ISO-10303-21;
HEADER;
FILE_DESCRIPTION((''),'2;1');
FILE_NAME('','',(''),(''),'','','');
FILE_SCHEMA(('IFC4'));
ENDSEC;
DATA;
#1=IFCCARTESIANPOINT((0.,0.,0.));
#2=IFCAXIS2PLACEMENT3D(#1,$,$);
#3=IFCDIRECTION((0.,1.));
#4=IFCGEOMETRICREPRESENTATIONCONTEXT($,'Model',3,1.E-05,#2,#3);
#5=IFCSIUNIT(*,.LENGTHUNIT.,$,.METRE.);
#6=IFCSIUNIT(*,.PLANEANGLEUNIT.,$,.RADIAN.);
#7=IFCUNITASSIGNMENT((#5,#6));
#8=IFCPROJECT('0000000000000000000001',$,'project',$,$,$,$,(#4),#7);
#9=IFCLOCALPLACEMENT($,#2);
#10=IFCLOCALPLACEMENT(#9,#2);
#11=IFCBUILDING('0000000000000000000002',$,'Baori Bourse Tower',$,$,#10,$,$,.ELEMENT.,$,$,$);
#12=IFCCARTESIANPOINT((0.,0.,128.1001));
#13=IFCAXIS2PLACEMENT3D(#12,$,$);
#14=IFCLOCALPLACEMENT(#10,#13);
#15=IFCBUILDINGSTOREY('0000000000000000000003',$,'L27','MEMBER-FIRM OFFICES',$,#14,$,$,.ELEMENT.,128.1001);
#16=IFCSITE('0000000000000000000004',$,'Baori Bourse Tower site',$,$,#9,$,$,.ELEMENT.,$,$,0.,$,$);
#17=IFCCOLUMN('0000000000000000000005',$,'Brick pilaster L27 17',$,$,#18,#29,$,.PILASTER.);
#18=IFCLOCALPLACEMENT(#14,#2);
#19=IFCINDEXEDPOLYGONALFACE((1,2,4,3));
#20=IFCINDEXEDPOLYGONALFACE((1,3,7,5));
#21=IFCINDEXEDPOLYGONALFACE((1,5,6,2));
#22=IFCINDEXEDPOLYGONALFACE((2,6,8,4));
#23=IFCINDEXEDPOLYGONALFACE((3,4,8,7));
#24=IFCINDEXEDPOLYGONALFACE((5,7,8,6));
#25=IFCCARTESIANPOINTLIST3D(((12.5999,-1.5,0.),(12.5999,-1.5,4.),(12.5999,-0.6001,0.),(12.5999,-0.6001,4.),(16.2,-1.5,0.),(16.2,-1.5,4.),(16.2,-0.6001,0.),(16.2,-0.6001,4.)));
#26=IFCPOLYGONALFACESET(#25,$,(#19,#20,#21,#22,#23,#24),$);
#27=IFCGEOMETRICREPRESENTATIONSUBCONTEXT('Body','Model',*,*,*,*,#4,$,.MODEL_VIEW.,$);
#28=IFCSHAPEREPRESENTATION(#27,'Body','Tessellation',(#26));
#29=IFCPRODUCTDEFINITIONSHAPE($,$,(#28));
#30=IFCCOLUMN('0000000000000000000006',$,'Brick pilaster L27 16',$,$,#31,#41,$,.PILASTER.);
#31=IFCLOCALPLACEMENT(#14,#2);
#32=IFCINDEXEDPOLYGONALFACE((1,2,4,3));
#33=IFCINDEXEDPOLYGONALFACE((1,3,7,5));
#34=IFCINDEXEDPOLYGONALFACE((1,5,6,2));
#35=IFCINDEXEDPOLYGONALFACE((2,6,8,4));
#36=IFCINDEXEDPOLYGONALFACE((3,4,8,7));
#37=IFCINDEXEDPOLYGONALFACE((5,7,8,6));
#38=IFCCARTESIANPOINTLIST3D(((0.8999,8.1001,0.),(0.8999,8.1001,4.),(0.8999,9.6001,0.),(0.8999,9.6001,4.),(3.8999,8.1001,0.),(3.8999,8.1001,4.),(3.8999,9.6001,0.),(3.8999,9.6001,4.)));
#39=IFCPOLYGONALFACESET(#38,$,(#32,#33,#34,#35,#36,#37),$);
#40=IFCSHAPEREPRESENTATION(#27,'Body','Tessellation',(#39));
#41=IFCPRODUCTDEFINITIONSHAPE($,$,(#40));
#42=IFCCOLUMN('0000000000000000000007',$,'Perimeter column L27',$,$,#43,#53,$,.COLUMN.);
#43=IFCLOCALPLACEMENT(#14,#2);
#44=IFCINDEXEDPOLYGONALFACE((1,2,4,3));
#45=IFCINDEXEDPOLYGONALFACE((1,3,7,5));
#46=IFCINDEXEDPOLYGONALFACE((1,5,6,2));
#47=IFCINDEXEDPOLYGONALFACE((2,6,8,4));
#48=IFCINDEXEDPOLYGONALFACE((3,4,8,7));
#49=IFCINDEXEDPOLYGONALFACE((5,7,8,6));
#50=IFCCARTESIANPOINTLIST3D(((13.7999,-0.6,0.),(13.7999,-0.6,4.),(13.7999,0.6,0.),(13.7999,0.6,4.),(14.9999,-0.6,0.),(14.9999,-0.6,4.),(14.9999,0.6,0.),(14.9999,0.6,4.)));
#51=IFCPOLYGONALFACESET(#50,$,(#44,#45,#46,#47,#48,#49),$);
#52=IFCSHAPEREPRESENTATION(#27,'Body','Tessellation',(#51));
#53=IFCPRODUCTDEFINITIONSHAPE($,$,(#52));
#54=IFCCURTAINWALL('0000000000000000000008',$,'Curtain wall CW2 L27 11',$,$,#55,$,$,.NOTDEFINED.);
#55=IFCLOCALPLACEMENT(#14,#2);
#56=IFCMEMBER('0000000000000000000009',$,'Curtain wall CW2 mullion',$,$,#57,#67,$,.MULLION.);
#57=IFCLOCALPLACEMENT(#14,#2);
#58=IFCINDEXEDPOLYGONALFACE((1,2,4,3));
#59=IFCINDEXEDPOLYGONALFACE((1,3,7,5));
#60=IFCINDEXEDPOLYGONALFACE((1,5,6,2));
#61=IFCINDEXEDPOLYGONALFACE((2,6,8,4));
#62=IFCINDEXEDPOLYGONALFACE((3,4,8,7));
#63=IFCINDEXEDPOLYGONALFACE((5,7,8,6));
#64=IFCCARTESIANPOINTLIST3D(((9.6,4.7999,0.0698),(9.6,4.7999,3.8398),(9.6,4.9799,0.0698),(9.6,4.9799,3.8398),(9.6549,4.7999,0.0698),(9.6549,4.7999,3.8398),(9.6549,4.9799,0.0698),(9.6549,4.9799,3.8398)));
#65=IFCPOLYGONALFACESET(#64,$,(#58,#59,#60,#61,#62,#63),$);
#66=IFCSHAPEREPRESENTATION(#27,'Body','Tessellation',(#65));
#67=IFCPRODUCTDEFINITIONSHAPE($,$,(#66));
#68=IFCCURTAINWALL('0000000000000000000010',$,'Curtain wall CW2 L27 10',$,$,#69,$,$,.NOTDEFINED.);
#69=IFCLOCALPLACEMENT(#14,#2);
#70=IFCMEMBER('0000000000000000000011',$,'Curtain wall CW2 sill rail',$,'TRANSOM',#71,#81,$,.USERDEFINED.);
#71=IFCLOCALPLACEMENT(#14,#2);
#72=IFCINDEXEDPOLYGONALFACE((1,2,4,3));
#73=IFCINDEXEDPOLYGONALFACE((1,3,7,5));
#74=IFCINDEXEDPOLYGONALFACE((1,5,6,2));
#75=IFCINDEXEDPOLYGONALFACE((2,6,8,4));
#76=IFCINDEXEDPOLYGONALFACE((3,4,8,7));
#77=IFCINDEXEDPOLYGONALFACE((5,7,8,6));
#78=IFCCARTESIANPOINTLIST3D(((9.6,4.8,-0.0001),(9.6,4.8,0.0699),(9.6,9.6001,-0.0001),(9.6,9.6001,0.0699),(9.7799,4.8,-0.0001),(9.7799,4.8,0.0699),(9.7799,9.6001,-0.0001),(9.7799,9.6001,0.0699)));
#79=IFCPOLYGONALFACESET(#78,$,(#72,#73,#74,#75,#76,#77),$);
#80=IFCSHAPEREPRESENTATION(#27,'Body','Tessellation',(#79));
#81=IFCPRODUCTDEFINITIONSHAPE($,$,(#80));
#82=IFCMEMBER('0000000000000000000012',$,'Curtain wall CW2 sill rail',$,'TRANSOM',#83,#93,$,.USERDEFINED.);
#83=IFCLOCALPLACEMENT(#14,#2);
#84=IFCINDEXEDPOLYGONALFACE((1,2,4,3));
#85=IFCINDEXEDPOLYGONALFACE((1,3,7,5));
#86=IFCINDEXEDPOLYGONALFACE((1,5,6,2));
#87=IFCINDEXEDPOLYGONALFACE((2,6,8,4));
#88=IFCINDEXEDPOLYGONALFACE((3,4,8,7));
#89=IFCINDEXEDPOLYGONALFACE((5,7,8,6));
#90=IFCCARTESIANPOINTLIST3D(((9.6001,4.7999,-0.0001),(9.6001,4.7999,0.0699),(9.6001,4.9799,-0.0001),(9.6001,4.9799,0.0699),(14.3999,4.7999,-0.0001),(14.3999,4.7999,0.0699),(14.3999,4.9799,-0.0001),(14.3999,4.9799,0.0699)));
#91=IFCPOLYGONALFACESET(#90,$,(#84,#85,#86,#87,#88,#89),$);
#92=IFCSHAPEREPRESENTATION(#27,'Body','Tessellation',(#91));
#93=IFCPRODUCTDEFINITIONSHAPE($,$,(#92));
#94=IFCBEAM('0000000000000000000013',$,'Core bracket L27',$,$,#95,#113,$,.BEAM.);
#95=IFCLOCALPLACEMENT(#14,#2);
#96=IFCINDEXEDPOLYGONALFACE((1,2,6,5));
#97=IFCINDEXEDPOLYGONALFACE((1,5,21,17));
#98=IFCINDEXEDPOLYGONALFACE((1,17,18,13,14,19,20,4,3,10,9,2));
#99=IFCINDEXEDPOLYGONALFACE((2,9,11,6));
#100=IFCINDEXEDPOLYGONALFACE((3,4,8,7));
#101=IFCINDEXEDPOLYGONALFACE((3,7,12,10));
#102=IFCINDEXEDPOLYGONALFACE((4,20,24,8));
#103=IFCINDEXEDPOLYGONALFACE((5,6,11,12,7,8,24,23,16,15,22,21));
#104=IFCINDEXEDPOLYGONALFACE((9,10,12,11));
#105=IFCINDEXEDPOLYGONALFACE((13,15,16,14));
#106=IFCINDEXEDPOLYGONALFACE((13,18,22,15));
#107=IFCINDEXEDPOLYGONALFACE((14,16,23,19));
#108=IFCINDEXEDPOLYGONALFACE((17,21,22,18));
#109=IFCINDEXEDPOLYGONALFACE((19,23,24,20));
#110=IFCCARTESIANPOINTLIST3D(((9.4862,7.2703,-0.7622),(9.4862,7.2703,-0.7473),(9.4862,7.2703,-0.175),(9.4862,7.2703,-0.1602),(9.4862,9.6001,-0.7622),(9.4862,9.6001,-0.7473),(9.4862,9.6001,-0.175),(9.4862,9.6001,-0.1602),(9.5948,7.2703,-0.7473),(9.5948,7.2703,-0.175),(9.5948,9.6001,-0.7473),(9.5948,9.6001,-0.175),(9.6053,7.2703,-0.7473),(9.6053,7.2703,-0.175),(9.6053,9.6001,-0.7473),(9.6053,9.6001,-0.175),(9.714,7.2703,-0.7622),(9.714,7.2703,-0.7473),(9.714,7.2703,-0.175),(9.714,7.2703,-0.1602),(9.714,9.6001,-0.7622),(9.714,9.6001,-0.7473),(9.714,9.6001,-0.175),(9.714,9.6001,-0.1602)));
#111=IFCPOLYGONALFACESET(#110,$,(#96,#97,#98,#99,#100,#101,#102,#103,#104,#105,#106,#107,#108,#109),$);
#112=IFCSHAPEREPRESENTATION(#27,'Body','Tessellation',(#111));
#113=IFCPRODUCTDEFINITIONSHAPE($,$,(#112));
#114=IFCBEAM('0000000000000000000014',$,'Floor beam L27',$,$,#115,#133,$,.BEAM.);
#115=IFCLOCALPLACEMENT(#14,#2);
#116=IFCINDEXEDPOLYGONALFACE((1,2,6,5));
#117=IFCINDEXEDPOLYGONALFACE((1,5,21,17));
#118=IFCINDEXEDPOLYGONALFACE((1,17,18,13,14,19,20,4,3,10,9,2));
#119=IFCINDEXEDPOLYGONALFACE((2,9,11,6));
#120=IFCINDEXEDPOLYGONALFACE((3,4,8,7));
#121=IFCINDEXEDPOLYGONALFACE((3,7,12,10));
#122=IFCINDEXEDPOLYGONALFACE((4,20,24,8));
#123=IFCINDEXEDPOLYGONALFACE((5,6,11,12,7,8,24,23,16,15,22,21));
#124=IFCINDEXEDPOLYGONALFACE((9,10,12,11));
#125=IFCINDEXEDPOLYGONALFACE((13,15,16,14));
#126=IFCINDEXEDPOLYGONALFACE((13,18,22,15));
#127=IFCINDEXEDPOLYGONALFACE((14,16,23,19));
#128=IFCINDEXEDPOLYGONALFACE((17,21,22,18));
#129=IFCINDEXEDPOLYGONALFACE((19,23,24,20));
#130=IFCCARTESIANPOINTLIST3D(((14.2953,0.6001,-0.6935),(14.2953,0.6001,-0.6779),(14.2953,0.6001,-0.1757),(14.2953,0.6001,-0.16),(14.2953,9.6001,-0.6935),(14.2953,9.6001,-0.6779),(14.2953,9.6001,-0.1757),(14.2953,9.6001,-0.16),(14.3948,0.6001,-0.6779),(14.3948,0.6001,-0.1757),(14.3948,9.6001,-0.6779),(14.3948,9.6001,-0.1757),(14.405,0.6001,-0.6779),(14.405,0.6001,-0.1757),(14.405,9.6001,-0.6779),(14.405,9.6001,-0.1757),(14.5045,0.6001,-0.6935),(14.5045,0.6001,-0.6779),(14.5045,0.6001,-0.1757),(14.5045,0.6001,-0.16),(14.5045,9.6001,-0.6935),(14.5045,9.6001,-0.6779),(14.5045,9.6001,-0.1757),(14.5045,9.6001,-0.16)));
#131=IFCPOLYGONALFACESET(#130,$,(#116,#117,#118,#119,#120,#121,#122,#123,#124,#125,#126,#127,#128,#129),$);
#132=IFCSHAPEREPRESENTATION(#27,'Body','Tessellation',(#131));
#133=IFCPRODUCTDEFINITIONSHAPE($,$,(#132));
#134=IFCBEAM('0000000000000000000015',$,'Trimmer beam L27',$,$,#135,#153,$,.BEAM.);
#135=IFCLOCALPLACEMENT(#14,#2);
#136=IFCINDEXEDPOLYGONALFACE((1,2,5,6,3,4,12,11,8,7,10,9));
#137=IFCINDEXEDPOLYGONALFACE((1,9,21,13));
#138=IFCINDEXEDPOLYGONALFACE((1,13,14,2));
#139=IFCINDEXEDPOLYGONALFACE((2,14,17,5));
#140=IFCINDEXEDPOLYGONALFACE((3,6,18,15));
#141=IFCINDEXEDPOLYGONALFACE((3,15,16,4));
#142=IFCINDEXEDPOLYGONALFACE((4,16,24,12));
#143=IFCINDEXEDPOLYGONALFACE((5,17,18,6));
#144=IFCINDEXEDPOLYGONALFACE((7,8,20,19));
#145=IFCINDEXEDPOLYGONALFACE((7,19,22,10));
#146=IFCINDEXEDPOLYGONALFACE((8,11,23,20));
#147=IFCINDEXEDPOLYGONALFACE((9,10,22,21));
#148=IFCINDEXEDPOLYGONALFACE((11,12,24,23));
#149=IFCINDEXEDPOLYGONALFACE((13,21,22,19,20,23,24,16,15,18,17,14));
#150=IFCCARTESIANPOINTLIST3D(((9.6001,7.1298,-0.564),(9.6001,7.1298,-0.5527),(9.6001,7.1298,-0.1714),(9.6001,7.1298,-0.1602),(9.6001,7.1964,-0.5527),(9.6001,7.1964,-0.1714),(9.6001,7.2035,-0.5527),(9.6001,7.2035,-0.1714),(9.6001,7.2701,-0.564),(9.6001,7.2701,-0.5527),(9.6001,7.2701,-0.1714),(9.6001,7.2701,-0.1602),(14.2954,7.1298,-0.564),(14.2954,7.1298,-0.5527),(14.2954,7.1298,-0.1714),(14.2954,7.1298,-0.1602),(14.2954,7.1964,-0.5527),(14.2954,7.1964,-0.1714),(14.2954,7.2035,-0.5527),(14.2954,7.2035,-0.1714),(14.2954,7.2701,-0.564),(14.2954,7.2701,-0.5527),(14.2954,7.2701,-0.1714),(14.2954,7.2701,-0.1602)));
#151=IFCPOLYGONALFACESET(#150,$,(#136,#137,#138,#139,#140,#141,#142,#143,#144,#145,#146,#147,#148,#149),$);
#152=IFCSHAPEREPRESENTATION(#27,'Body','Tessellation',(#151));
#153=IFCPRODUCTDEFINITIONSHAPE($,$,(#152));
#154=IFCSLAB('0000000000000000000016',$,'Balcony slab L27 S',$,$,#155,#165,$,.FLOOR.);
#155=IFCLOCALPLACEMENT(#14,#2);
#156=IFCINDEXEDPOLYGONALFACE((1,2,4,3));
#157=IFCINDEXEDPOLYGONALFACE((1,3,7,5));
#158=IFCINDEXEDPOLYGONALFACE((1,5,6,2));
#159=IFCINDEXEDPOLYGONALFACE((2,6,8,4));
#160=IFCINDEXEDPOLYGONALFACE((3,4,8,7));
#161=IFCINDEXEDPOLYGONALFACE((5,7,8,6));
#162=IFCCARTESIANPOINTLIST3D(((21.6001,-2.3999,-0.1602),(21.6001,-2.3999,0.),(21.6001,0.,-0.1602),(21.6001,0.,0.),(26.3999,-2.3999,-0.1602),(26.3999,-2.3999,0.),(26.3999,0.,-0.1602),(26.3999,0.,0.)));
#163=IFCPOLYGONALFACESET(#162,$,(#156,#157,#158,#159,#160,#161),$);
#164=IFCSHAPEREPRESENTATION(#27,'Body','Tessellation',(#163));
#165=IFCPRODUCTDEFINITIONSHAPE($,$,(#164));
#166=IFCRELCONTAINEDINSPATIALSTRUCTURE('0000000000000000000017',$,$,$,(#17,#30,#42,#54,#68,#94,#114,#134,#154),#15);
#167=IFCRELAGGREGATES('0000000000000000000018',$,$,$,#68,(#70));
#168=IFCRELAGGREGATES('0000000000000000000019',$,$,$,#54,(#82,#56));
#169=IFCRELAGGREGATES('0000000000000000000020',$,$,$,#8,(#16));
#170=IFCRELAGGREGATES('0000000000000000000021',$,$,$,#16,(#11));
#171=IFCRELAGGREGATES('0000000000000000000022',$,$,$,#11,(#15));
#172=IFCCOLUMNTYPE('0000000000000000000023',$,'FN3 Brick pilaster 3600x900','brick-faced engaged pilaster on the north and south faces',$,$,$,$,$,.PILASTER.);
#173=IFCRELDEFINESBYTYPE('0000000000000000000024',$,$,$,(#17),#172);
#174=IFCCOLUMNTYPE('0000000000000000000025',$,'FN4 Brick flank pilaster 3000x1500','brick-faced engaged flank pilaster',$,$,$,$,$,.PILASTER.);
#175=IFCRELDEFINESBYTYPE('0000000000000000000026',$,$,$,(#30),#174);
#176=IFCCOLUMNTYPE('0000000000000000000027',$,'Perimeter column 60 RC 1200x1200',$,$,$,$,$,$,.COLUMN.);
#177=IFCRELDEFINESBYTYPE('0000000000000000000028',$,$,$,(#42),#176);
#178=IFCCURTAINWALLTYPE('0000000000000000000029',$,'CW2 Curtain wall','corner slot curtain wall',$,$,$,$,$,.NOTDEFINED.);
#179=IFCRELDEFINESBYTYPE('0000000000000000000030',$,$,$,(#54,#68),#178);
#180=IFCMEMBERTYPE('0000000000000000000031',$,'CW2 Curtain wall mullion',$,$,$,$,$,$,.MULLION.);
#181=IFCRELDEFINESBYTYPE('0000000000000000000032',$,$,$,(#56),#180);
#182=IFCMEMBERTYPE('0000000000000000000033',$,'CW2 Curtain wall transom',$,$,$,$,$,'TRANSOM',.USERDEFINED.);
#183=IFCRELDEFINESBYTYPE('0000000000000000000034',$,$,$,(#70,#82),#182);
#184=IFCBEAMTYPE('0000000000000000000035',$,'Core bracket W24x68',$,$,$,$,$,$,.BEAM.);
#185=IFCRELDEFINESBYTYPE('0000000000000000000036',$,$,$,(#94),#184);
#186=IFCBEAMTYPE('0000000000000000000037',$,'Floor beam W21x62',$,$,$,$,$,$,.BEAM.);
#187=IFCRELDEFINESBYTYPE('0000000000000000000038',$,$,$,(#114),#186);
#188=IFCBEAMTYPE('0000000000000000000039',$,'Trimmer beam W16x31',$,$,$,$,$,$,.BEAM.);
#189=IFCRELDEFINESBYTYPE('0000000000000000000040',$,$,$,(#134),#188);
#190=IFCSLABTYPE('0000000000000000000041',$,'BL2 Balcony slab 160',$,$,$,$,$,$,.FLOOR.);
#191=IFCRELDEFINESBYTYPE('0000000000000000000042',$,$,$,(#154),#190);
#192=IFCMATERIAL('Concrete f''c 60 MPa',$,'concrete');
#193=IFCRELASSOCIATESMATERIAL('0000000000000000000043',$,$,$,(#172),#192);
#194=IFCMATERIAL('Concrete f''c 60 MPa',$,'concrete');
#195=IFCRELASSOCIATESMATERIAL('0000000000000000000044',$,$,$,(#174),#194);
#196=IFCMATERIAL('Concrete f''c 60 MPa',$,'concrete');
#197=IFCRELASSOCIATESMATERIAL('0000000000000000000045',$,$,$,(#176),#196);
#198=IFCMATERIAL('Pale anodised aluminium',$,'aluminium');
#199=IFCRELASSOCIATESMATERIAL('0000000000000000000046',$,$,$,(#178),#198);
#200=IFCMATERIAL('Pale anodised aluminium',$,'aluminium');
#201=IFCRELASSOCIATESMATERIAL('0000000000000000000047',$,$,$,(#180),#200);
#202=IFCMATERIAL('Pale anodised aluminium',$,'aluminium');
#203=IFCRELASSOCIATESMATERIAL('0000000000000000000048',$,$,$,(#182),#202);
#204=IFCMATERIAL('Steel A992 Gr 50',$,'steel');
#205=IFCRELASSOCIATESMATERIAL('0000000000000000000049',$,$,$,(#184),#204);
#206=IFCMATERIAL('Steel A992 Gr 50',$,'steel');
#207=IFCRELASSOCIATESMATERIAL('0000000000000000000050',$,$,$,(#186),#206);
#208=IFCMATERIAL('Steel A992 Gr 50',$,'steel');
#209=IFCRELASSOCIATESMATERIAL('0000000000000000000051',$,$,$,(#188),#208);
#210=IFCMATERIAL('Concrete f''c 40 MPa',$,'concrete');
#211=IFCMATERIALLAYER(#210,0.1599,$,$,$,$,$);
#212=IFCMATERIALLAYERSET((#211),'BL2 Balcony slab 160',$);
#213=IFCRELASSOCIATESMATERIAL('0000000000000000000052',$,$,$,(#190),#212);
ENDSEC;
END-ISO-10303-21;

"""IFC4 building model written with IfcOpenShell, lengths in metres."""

from ifc_helpers import new_model, si_unit, direction, frame, origin, origin_2d, place, context, subcontext, project, spatial, polyline, rectangle, i_section, outline, extrude, material, layer, layer_set, material_profile, profile_set, type_object, element, aggregate, save


model = new_model("IFC4")

# Units and contexts
model_context = context("Model", 3, precision=1e-05, world=origin(), true_north=direction((0.0, 1.0)))
body_context = subcontext(model_context, "Body", "Model", "MODEL_VIEW")
ifc_project = project(units=[si_unit("LENGTHUNIT", "METRE"), si_unit("PLANEANGLEUNIT", "RADIAN")], contexts=[model_context])

# Site, building, storey
site_placement = place(None, origin())
site = spatial("IfcSite", under=ifc_project, at=site_placement, Name="Baori Bourse Tower site", CompositionType="ELEMENT", RefElevation=0.0)
building_placement = place(site_placement, origin())
building = spatial("IfcBuilding", under=site, at=building_placement, Name="Baori Bourse Tower", CompositionType="ELEMENT")
storey_placement = place(building_placement, frame((0.0, 0.0, 128.1001)))
storey = spatial("IfcBuildingStorey", under=building, at=storey_placement, Name="L27", Description="MEMBER-FIRM OFFICES", CompositionType="ELEMENT", Elevation=128.1001)

# Columns
ifc_material_1 = material(Name="Concrete f'c 60 MPa", Category="concrete")
ifc_material_profile_1 = material_profile(ifc_material_1, rectangle(XDim=3.6001, YDim=0.8999, at=origin_2d()), Name="RC 3600x900")
ifc_profile_set_1 = profile_set([ifc_material_profile_1], Name="Concrete f'c 60 MPa")
column_type_1 = type_object("IfcColumnType", Name="FN3 Brick pilaster 3600x900", Description="brick-faced engaged pilaster on the north and south faces", PredefinedType="PILASTER", material=ifc_profile_set_1)
column_1_placement = place(storey_placement, frame((14.3999, -1.05, 0.0), z_axis=(0.0, 0.0, 1.0), x_axis=(1.0, 0.0, 0.0)))
element("IfcColumn", 1, at=column_1_placement, inside=storey, type_object=column_type_1, Name="Brick pilaster L27 17", PredefinedType="PILASTER", context=body_context, shape_type="SweptSolid", body=[
    extrude(rectangle(XDim=3.6001, YDim=0.8999, at=origin_2d()), origin(), (0.0, 0.0, 1.0), 4.0),
])
ifc_material_2 = material(Name="Concrete f'c 60 MPa", Category="concrete")
ifc_material_profile_2 = material_profile(ifc_material_2, rectangle(XDim=3.0, YDim=1.5, at=origin_2d()), Name="RC 3000x1500")
ifc_profile_set_2 = profile_set([ifc_material_profile_2], Name="Concrete f'c 60 MPa")
column_type_2 = type_object("IfcColumnType", Name="FN4 Brick flank pilaster 3000x1500", Description="brick-faced engaged flank pilaster", PredefinedType="PILASTER", material=ifc_profile_set_2)
column_2_placement = place(storey_placement, frame((2.3999, 8.8501, 0.0), z_axis=(0.0, 0.0, 1.0), x_axis=(1.0, 0.0, 0.0)))
element("IfcColumn", 2, at=column_2_placement, inside=storey, type_object=column_type_2, Name="Brick pilaster L27 16", PredefinedType="PILASTER", context=body_context, shape_type="SweptSolid", body=[
    extrude(rectangle(XDim=3.0, YDim=1.5, at=origin_2d()), origin(), (0.0, 0.0, 1.0), 4.0),
])
ifc_material_3 = material(Name="Concrete f'c 60 MPa", Category="concrete")
ifc_material_profile_3 = material_profile(ifc_material_3, rectangle(XDim=1.2, YDim=1.2, at=origin_2d()), Name="RC 1200x1200")
ifc_profile_set_3 = profile_set([ifc_material_profile_3], Name="Concrete f'c 60 MPa")
column_type_3 = type_object("IfcColumnType", Name="Perimeter column 60 RC 1200x1200", PredefinedType="COLUMN", material=ifc_profile_set_3)
column_3_placement = place(storey_placement, frame((14.3999, 0.0, 0.0), z_axis=(0.0, 0.0, 1.0), x_axis=(1.0, 0.0, 0.0)))
element("IfcColumn", 3, at=column_3_placement, inside=storey, type_object=column_type_3, Name="Perimeter column L27", PredefinedType="COLUMN", context=body_context, shape_type="SweptSolid", body=[
    extrude(rectangle(XDim=1.2, YDim=1.2, at=origin_2d()), origin(), (0.0, 0.0, 1.0), 4.0),
])

# Curtain walls, members
ifc_material_4 = material(Name="Pale anodised aluminium", Category="aluminium")
curtain_wall_type = type_object("IfcCurtainWallType", Name="CW2 Curtain wall", Description="corner slot curtain wall", PredefinedType="NOTDEFINED", material=ifc_material_4)
curtain_wall_1_placement = place(storey_placement, origin())
curtain_wall_1 = element("IfcCurtainWall", 4, at=curtain_wall_1_placement, inside=storey, type_object=curtain_wall_type, Name="Curtain wall CW2 L27 11", PredefinedType="NOTDEFINED")
ifc_material_5 = material(Name="Pale anodised aluminium", Category="aluminium")
ifc_material_profile_4 = material_profile(ifc_material_5, rectangle(XDim=0.1799, YDim=0.0549, at=origin_2d()), Name="Mullion 55x180")
ifc_profile_set_4 = profile_set([ifc_material_profile_4], Name="Pale anodised aluminium")
member_type_1 = type_object("IfcMemberType", Name="CW2 Curtain wall mullion", PredefinedType="MULLION", material=ifc_profile_set_4)
member_1_placement = place(storey_placement, frame((9.6274, 4.8899, 0.0698), z_axis=(0.0, 0.0, 1.0), x_axis=(0.0, 1.0, 0.0)))
member_1 = element("IfcMember", 5, at=member_1_placement, type_object=member_type_1, Name="Curtain wall CW2 mullion", PredefinedType="MULLION", context=body_context, shape_type="SweptSolid", body=[
    extrude(rectangle(XDim=0.1799, YDim=0.0549, at=origin_2d()), origin(), (0.0, 0.0, 1.0), 3.77),
])
curtain_wall_2_placement = place(storey_placement, origin())
curtain_wall_2 = element("IfcCurtainWall", 6, at=curtain_wall_2_placement, inside=storey, type_object=curtain_wall_type, Name="Curtain wall CW2 L27 10", PredefinedType="NOTDEFINED")
ifc_material_6 = material(Name="Pale anodised aluminium", Category="aluminium")
ifc_material_profile_5 = material_profile(ifc_material_6, rectangle(XDim=0.1799, YDim=0.0701, at=origin_2d()), Name="Transom 70x180")
ifc_profile_set_5 = profile_set([ifc_material_profile_5], Name="Pale anodised aluminium")
member_type_2 = type_object("IfcMemberType", Name="CW2 Curtain wall transom", ElementType="TRANSOM", PredefinedType="USERDEFINED", material=ifc_profile_set_5)
member_2_placement = place(storey_placement, frame((9.6899, 9.6001, 0.0349), z_axis=(0.0, -1.0, 0.0), x_axis=(1.0, 0.0, 0.0)))
member_2 = element("IfcMember", 7, at=member_2_placement, type_object=member_type_2, Name="Curtain wall CW2 sill rail", ObjectType="TRANSOM", PredefinedType="USERDEFINED", context=body_context, shape_type="SweptSolid", body=[
    extrude(rectangle(XDim=0.1799, YDim=0.0701, at=origin_2d()), origin(), (0.0, 0.0, 1.0), 4.8),
])

# Member
member_3_placement = place(storey_placement, frame((9.6001, 4.8899, 0.0349), z_axis=(1.0, 0.0, 0.0), x_axis=(0.0, 1.0, 0.0)))
member_3 = element("IfcMember", 8, at=member_3_placement, type_object=member_type_2, Name="Curtain wall CW2 sill rail", ObjectType="TRANSOM", PredefinedType="USERDEFINED", context=body_context, shape_type="SweptSolid", body=[
    extrude(rectangle(XDim=0.1799, YDim=0.0701, at=origin_2d()), origin(), (0.0, 0.0, 1.0), 4.7998),
])

# Beams
ifc_material_7 = material(Name="Steel A992 Gr 50", Category="steel")
ifc_material_profile_6 = material_profile(ifc_material_7, i_section(OverallWidth=0.2278, OverallDepth=0.6021, WebThickness=0.0105, FlangeThickness=0.0149, at=origin_2d()), Name="W24x68")
ifc_profile_set_6 = profile_set([ifc_material_profile_6], Name="Steel A992 Gr 50")
beam_type_1 = type_object("IfcBeamType", Name="Core bracket W24x68", PredefinedType="BEAM", material=ifc_profile_set_6)
beam_1_placement = place(storey_placement, frame((9.6001, 7.2703, -0.4612), z_axis=(0.0, 1.0, 0.0), x_axis=(-1.0, 0.0, 0.0)))
element("IfcBeam", 9, at=beam_1_placement, inside=storey, type_object=beam_type_1, Name="Core bracket L27", PredefinedType="BEAM", context=body_context, shape_type="SweptSolid", body=[
    extrude(i_section(OverallWidth=0.2278, OverallDepth=0.6021, WebThickness=0.0105, FlangeThickness=0.0149, at=origin_2d()), origin(), (0.0, 0.0, 1.0), 2.3298),
])
ifc_material_8 = material(Name="Steel A992 Gr 50", Category="steel")
ifc_material_profile_7 = material_profile(ifc_material_8, i_section(OverallWidth=0.2092, OverallDepth=0.5334, WebThickness=0.0103, FlangeThickness=0.0156, at=origin_2d()), Name="W21x62")
ifc_profile_set_7 = profile_set([ifc_material_profile_7], Name="Steel A992 Gr 50")
beam_type_2 = type_object("IfcBeamType", Name="Floor beam W21x62", PredefinedType="BEAM", material=ifc_profile_set_7)
beam_2_placement = place(storey_placement, frame((14.3999, 0.6001, -0.4268), z_axis=(0.0, 1.0, 0.0), x_axis=(-1.0, 0.0, 0.0)))
element("IfcBeam", 10, at=beam_2_placement, inside=storey, type_object=beam_type_2, Name="Floor beam L27", PredefinedType="BEAM", context=body_context, shape_type="SweptSolid", body=[
    extrude(i_section(OverallWidth=0.2092, OverallDepth=0.5334, WebThickness=0.0103, FlangeThickness=0.0156, at=origin_2d()), origin(), (0.0, 0.0, 1.0), 9.0),
])
ifc_material_9 = material(Name="Steel A992 Gr 50", Category="steel")
ifc_material_profile_8 = material_profile(ifc_material_9, i_section(OverallWidth=0.1404, OverallDepth=0.4038, WebThickness=0.0071, FlangeThickness=0.0112, at=origin_2d()), Name="W16x31")
ifc_profile_set_8 = profile_set([ifc_material_profile_8], Name="Steel A992 Gr 50")
beam_type_3 = type_object("IfcBeamType", Name="Trimmer beam W16x31", PredefinedType="BEAM", material=ifc_profile_set_8)
beam_3_placement = place(storey_placement, frame((9.6001, 7.2, -0.3621), z_axis=(1.0, 0.0, 0.0), x_axis=(0.0, 1.0, 0.0)))
element("IfcBeam", 11, at=beam_3_placement, inside=storey, type_object=beam_type_3, Name="Trimmer beam L27", PredefinedType="BEAM", context=body_context, shape_type="SweptSolid", body=[
    extrude(i_section(OverallWidth=0.1404, OverallDepth=0.4038, WebThickness=0.0071, FlangeThickness=0.0112, at=origin_2d()), origin(), (0.0, 0.0, 1.0), 4.6953),
])

# Slab
ifc_material_10 = material(Name="Concrete f'c 40 MPa", Category="concrete")
ifc_layer_1 = layer(ifc_material_10, 0.1599)
ifc_layer_set_1 = layer_set([ifc_layer_1], Name="BL2 Balcony slab 160")
slab_type = type_object("IfcSlabType", Name="BL2 Balcony slab 160", PredefinedType="FLOOR", material=ifc_layer_set_1)
slab_1_placement = place(storey_placement, frame((0.0, 0.0, -0.1602)))
element("IfcSlab", 12, at=slab_1_placement, inside=storey, type_object=slab_type, Name="Balcony slab L27 S", PredefinedType="FLOOR", context=body_context, shape_type="SweptSolid", body=[
    extrude(outline(polyline([(21.6001, 0.0), (21.6001, -2.3999), (26.3999, -2.3999), (26.3999, 0.0), (21.6001, 0.0)])), origin(), (0.0, 0.0, 1.0), 0.1602),
])

aggregate(curtain_wall_2, [member_2])
aggregate(curtain_wall_1, [member_3, member_1])

save(model, "model.ifc")
